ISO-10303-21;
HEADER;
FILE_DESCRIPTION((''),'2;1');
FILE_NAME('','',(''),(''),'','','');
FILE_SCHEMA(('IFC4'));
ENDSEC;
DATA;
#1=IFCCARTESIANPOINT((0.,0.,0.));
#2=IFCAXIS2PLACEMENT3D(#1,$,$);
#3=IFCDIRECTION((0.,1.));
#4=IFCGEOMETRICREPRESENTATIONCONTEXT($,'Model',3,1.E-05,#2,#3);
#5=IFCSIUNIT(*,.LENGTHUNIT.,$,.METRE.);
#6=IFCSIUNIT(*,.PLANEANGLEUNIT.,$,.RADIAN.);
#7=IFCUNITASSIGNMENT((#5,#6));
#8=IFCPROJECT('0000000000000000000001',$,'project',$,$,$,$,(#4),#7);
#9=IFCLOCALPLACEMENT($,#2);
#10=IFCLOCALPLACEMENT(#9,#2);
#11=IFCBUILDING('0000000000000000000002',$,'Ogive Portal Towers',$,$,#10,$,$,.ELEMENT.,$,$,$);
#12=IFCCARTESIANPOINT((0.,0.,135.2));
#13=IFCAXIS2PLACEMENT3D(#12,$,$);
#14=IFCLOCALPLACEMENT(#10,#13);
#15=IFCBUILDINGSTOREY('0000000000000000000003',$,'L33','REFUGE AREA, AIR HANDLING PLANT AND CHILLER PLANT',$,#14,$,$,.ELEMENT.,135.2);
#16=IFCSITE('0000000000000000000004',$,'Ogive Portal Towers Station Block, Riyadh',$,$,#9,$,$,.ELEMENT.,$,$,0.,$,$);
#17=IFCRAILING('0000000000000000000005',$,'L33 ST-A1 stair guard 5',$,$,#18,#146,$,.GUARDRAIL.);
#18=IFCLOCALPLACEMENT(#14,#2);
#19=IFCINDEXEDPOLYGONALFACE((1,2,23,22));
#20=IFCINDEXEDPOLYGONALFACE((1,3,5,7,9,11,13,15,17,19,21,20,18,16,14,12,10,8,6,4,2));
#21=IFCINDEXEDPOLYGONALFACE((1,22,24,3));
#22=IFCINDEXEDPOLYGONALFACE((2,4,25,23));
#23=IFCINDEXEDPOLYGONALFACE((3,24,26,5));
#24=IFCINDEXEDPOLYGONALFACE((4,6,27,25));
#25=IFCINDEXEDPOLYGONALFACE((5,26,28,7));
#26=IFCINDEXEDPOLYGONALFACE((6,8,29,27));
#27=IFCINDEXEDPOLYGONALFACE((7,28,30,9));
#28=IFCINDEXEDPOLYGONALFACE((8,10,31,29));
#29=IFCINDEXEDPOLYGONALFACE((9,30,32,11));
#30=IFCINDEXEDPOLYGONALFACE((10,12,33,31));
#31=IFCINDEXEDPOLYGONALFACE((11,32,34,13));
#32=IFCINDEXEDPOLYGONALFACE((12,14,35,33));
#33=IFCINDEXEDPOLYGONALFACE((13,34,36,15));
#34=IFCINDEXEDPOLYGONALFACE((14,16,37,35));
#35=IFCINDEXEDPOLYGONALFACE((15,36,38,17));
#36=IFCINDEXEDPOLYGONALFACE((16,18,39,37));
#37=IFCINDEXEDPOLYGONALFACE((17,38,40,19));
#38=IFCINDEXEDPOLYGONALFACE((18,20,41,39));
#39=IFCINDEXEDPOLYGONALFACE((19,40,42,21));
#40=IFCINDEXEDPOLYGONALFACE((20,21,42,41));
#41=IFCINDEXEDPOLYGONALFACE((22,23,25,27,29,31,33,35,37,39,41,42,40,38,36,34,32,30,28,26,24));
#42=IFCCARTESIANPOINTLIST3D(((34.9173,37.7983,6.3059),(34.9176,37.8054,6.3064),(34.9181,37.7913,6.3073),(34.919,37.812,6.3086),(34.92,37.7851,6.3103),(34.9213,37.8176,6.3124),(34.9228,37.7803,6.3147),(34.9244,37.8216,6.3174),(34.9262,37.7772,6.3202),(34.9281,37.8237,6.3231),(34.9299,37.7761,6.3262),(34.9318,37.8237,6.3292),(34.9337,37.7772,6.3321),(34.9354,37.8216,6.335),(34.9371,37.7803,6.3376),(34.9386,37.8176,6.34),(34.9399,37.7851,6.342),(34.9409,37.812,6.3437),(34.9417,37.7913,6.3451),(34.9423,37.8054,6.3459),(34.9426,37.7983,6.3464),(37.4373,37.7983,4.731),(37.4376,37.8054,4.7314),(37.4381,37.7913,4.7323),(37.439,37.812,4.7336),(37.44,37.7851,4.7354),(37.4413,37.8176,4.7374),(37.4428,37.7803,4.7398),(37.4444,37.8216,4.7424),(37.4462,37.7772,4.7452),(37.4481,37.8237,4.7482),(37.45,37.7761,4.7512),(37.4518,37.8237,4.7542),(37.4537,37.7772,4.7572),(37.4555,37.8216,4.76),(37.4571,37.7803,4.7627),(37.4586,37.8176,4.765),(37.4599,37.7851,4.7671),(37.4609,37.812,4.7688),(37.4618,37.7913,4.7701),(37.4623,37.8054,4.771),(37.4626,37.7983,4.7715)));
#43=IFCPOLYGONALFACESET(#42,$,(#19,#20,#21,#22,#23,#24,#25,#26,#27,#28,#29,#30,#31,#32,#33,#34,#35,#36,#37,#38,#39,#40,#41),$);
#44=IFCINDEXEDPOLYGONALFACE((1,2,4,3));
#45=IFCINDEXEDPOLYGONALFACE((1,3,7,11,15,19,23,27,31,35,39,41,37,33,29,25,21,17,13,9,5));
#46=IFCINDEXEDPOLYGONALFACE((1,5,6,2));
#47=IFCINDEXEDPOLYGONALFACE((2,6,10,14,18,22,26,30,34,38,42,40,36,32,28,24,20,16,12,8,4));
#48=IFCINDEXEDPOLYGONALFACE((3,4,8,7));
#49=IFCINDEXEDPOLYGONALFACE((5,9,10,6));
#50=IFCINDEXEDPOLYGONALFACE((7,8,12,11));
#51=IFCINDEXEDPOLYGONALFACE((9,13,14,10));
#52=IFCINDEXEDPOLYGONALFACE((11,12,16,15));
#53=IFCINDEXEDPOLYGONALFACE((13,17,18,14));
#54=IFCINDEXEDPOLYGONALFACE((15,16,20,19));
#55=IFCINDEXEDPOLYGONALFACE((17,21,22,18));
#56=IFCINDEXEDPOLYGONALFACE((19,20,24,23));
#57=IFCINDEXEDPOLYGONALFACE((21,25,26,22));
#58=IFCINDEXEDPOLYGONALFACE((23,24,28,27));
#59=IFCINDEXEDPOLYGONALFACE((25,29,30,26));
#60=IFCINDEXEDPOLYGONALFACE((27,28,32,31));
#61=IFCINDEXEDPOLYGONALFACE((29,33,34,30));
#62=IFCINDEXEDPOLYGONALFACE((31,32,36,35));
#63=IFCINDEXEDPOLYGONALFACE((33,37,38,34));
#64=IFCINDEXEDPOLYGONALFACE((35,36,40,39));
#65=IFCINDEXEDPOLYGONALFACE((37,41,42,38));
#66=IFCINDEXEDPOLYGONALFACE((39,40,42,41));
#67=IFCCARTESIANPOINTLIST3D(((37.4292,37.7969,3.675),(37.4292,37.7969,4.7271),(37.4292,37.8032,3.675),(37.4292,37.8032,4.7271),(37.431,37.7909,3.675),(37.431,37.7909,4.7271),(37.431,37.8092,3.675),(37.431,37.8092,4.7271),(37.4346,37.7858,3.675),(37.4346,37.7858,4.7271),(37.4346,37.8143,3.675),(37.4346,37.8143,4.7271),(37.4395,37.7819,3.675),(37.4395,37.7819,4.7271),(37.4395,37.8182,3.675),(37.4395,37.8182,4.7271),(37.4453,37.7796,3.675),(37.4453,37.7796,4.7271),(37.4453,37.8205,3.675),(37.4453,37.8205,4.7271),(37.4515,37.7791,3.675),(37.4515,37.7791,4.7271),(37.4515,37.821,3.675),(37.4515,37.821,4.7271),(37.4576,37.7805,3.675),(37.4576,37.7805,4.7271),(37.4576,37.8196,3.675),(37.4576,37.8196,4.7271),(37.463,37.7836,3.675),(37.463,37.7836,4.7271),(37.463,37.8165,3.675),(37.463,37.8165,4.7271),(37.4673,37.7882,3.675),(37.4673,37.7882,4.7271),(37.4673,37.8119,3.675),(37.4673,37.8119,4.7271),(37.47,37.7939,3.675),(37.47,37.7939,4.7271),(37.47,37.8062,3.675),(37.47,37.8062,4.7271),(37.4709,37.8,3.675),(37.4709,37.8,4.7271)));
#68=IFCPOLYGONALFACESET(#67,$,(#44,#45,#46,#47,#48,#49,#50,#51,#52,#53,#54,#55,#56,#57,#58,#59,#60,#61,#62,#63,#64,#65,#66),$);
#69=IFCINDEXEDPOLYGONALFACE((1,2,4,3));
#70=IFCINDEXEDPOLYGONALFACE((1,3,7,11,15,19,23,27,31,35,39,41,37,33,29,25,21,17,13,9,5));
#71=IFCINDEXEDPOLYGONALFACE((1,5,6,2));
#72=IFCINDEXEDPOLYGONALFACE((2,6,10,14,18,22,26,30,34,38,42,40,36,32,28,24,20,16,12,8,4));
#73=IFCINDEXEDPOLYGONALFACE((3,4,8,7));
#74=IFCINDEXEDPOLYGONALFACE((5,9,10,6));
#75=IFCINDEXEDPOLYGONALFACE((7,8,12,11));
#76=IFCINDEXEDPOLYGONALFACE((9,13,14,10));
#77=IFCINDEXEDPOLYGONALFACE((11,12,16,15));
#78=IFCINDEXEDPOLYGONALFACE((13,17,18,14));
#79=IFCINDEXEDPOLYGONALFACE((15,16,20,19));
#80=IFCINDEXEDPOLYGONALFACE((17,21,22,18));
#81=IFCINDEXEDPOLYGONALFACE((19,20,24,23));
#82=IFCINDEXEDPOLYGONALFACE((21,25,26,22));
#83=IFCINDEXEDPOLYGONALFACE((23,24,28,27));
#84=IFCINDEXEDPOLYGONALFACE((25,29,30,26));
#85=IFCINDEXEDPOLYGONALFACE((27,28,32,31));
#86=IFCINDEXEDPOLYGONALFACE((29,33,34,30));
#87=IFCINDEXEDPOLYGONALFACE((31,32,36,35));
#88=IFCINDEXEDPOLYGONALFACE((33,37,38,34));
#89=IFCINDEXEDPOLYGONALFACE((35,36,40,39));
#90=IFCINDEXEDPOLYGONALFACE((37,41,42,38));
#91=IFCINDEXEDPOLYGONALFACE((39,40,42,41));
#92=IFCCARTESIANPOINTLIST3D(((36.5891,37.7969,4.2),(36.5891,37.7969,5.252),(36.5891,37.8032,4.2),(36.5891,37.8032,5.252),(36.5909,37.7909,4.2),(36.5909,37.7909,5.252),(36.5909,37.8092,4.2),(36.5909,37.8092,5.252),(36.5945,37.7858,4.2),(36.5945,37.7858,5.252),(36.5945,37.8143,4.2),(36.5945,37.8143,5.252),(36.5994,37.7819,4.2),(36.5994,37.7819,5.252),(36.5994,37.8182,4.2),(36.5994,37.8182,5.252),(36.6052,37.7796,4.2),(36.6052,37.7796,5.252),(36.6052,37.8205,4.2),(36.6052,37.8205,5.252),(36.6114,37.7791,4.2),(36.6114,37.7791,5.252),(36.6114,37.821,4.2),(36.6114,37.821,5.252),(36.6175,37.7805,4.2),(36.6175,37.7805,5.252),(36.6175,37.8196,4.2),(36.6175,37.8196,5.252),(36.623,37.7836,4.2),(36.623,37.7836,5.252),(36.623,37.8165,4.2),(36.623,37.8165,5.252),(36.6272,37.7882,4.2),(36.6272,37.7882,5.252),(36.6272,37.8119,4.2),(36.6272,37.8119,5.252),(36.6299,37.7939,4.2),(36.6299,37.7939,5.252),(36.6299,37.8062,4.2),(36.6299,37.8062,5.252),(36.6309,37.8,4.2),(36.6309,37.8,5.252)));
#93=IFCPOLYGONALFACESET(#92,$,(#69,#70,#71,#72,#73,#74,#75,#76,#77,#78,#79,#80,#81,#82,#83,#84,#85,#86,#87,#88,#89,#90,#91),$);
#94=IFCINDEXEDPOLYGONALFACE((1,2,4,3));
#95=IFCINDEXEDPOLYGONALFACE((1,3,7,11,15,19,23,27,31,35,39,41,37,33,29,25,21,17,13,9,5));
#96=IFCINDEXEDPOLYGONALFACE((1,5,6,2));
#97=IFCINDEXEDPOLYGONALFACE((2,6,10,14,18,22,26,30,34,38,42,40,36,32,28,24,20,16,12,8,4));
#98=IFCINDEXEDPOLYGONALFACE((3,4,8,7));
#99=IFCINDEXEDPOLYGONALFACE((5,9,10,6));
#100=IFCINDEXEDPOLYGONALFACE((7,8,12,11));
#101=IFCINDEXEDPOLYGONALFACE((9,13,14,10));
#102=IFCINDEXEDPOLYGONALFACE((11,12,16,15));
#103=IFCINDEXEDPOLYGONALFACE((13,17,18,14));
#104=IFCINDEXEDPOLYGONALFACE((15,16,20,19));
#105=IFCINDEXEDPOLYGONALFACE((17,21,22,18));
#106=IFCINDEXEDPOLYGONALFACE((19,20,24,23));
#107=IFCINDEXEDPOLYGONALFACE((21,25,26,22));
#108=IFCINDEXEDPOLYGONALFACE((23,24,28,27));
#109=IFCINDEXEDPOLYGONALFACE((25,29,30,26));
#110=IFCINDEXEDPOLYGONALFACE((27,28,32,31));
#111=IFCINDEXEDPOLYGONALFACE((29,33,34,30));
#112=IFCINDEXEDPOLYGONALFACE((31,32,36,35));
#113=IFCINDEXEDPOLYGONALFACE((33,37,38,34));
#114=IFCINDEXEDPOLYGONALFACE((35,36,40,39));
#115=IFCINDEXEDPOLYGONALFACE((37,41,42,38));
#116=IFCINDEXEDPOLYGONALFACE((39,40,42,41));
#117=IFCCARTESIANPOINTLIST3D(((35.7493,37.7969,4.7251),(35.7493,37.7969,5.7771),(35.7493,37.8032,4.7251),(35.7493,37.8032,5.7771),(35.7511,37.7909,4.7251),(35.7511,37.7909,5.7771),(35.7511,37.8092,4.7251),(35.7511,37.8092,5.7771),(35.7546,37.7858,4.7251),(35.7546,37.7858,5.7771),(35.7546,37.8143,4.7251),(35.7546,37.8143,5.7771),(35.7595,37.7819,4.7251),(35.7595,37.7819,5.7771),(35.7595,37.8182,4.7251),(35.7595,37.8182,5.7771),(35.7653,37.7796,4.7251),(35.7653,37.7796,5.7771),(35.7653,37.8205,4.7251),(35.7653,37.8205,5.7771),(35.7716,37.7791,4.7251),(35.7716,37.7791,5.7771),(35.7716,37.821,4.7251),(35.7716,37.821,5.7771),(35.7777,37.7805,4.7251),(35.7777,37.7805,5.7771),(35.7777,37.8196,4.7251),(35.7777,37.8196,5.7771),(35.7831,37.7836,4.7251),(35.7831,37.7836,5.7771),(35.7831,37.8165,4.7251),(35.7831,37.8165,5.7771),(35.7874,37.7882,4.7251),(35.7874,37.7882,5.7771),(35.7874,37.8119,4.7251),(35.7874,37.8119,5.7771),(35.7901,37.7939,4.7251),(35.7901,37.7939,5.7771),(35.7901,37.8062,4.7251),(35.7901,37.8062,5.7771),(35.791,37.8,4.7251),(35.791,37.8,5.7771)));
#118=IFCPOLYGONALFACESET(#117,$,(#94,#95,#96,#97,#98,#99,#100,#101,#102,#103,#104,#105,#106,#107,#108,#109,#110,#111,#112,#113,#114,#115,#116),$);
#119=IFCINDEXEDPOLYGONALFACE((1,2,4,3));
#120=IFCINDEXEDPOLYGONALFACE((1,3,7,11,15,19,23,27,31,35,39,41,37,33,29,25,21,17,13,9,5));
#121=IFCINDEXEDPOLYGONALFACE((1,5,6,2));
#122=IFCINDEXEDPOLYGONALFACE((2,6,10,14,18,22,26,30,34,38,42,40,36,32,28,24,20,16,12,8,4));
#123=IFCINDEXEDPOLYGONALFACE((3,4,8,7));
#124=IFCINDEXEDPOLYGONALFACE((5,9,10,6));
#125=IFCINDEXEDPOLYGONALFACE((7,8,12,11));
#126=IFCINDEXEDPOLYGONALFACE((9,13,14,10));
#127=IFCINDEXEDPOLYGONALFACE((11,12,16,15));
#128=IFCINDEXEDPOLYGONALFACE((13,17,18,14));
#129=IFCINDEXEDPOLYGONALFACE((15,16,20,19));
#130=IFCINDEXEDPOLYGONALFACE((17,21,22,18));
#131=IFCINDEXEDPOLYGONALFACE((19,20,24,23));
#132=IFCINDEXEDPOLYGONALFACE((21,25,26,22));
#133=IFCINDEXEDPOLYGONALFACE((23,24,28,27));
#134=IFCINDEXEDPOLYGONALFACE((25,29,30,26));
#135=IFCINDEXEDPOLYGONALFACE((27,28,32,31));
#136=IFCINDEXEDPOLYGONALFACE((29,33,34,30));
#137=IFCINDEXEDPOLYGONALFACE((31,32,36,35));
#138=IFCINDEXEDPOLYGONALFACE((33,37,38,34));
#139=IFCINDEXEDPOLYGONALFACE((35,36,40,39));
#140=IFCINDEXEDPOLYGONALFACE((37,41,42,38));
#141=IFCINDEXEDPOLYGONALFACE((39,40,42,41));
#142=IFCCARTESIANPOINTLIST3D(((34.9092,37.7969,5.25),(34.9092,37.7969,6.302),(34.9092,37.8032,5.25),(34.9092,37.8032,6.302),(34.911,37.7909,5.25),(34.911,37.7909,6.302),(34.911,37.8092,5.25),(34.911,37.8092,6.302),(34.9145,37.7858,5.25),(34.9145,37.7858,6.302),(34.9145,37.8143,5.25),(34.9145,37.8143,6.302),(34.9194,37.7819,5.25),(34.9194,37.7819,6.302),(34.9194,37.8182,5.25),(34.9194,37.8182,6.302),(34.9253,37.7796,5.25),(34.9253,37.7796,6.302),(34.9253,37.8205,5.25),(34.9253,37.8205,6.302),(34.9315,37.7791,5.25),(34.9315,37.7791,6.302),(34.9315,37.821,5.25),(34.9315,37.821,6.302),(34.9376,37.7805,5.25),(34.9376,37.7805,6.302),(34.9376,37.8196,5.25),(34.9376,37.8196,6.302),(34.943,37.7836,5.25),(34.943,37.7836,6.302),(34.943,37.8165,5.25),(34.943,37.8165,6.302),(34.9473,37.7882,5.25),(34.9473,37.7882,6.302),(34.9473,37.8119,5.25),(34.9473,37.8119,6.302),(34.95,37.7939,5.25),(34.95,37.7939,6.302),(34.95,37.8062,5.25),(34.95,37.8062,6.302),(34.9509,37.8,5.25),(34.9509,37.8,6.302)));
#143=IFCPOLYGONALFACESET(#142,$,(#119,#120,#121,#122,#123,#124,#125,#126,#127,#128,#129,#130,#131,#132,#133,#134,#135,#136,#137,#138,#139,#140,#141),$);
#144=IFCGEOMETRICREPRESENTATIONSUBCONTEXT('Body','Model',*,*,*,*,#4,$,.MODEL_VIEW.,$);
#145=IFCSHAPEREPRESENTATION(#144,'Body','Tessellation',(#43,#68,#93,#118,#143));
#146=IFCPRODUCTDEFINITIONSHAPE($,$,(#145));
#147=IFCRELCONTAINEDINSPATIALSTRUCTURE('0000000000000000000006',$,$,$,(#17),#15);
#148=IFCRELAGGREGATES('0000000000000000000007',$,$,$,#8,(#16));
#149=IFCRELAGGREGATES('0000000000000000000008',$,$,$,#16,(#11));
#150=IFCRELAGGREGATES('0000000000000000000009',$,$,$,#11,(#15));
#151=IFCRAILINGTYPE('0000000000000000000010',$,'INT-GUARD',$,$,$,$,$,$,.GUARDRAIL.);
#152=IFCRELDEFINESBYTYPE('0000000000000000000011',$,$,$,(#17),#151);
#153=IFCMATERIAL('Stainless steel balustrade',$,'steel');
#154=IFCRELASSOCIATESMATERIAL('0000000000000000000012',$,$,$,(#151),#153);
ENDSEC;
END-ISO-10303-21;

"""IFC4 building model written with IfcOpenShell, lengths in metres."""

from ifc_helpers import new_model, si_unit, direction, frame, origin, origin_2d, place, context, subcontext, project, spatial, circle, extrude, material, type_object, element, save


model = new_model("IFC4")

# Units and contexts
model_context = context("Model", 3, precision=1e-05, world=origin(), true_north=direction((0.0, 1.0)))
body_context = subcontext(model_context, "Body", "Model", "MODEL_VIEW")
ifc_project = project(units=[si_unit("LENGTHUNIT", "METRE"), si_unit("PLANEANGLEUNIT", "RADIAN")], contexts=[model_context])

# Site, building, storey
site_placement = place(None, origin())
site = spatial("IfcSite", under=ifc_project, at=site_placement, Name="Ogive Portal Towers Station Block, Riyadh", CompositionType="ELEMENT", RefElevation=0.0)
building_placement = place(site_placement, origin())
building = spatial("IfcBuilding", under=site, at=building_placement, Name="Ogive Portal Towers", CompositionType="ELEMENT")
storey_placement = place(building_placement, frame((0.0, 0.0, 135.2)))
storey = spatial("IfcBuildingStorey", under=building, at=storey_placement, Name="L33", Description="REFUGE AREA, AIR HANDLING PLANT AND CHILLER PLANT", CompositionType="ELEMENT", Elevation=135.2)

# Railing
ifc_material_1 = material(Name="Stainless steel balustrade", Category="steel")
railing_type_1 = type_object("IfcRailingType", Name="INT-GUARD", PredefinedType="GUARDRAIL", material=ifc_material_1)
railing_1_placement = place(storey_placement, frame((37.45, 37.8, 3.675)))
element("IfcRailing", 1, at=railing_1_placement, inside=storey, type_object=railing_type_1, Name="L33 ST-A1 stair guard 5", PredefinedType="GUARDRAIL", context=body_context, shape_type="SweptSolid", body=[
    extrude(circle(Radius=0.0239, at=origin_2d()), frame((0.0, 0.0, 1.0762), z_axis=(-0.848008, 0.0, 0.529984), x_axis=(0.0, -1.0, 0.0)), (0.0, 0.0, 1.0), 2.9717),
    extrude(circle(Radius=0.021, at=origin_2d()), origin(), (0.0, 0.0, 1.0), 1.052),
    extrude(circle(Radius=0.021, at=origin_2d()), frame((-0.8401, 0.0, 0.5249)), (0.0, 0.0, 1.0), 1.052),
    extrude(circle(Radius=0.021, at=origin_2d()), frame((-1.6799, 0.0, 1.05)), (0.0, 0.0, 1.0), 1.052),
    extrude(circle(Radius=0.021, at=origin_2d()), frame((-2.52, 0.0, 1.575)), (0.0, 0.0, 1.0), 1.052),
])

save(model, "model.ifc")
